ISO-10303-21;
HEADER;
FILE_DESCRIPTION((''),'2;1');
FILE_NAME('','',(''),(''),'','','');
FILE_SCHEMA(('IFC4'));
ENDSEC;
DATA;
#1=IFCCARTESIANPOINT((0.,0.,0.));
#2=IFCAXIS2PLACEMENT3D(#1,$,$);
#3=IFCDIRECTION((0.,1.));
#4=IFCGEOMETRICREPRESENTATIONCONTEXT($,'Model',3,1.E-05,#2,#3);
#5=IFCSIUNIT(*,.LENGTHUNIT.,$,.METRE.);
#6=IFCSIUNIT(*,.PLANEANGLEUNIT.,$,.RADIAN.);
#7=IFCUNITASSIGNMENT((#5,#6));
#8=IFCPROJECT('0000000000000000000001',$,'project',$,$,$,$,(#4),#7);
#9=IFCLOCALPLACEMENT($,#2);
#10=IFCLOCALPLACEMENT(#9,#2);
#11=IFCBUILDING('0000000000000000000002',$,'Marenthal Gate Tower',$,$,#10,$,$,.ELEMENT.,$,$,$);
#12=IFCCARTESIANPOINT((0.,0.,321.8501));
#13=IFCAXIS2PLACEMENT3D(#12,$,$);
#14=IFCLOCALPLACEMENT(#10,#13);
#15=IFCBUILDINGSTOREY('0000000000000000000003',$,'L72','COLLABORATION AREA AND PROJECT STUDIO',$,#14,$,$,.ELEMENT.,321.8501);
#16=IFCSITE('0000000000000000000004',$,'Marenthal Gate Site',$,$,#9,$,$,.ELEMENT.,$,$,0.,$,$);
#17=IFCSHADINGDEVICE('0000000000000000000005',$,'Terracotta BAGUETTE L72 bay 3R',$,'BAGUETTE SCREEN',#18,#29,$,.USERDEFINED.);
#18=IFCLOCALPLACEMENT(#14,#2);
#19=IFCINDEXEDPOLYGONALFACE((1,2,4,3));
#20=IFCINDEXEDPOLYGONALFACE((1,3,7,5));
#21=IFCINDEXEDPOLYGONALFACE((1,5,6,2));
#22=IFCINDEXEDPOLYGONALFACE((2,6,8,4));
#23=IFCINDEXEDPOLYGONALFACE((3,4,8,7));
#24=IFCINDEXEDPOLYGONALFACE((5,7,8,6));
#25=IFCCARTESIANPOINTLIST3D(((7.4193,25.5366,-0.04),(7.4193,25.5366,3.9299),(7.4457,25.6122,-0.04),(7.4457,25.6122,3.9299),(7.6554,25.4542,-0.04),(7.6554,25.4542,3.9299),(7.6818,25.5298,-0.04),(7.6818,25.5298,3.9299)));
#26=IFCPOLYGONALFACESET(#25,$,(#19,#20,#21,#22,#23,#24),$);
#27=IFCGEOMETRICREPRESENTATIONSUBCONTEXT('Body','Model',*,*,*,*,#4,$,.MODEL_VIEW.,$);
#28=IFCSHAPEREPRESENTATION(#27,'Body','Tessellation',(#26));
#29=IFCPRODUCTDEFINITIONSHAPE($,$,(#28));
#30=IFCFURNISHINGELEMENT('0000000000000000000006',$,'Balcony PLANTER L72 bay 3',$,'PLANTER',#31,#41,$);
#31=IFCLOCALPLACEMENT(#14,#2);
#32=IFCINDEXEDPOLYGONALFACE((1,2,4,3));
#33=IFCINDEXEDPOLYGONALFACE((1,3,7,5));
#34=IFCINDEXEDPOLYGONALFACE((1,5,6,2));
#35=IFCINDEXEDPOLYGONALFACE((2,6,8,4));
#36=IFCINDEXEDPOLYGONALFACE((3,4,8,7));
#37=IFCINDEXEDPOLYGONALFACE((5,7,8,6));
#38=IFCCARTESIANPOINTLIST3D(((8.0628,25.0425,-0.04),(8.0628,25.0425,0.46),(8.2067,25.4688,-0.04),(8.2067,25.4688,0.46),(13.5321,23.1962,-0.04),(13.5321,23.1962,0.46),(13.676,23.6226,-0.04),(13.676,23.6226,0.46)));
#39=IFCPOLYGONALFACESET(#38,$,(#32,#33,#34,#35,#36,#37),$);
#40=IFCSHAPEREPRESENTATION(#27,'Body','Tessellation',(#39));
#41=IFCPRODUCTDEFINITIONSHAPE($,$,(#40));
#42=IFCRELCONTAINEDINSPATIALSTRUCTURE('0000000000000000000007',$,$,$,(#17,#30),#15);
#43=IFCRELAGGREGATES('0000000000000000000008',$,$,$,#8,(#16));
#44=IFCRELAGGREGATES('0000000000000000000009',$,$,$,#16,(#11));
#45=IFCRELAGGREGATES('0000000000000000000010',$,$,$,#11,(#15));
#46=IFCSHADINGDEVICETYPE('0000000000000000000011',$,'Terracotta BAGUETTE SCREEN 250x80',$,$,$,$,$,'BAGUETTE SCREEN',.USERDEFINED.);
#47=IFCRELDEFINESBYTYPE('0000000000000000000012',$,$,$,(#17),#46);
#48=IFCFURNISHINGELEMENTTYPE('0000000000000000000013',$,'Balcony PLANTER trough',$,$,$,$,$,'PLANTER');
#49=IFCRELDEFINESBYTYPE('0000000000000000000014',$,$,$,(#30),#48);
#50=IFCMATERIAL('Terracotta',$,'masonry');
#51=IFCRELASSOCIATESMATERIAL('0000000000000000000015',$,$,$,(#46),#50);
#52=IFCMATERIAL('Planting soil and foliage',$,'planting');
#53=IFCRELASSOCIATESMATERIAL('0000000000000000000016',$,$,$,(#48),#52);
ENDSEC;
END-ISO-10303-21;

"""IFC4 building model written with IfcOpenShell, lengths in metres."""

from ifc_helpers import new_model, si_unit, direction, frame, origin, origin_2d, place, context, subcontext, project, spatial, rectangle, extrude, material, material_profile, profile_set, type_object, element, save


model = new_model("IFC4")

# Units and contexts
model_context = context("Model", 3, precision=1e-05, world=origin(), true_north=direction((0.0, 1.0)))
body_context = subcontext(model_context, "Body", "Model", "MODEL_VIEW")
ifc_project = project(units=[si_unit("LENGTHUNIT", "METRE"), si_unit("PLANEANGLEUNIT", "RADIAN")], contexts=[model_context])

# Site, building, storey
site_placement = place(None, origin())
site = spatial("IfcSite", under=ifc_project, at=site_placement, Name="Marenthal Gate Site", CompositionType="ELEMENT", RefElevation=0.0)
building_placement = place(site_placement, origin())
building = spatial("IfcBuilding", under=site, at=building_placement, Name="Marenthal Gate Tower", CompositionType="ELEMENT")
storey_placement = place(building_placement, frame((0.0, 0.0, 321.8501)))
storey = spatial("IfcBuildingStorey", under=building, at=storey_placement, Name="L72", Description="COLLABORATION AREA AND PROJECT STUDIO", CompositionType="ELEMENT", Elevation=321.8501)

# Shading device
ifc_material_1 = material(Name="Terracotta", Category="masonry")
ifc_material_profile_1 = material_profile(ifc_material_1, rectangle(XDim=0.25, YDim=0.0801, at=origin_2d()), Name="Terracotta baguette 250x80")
ifc_profile_set_1 = profile_set([ifc_material_profile_1], Name="Terracotta")
shading_device_type = type_object("IfcShadingDeviceType", Name="Terracotta BAGUETTE SCREEN 250x80", ElementType="BAGUETTE SCREEN", PredefinedType="USERDEFINED", material=ifc_profile_set_1)
shading_device_placement = place(storey_placement, frame((7.5505, 25.5332, -0.04), z_axis=(0.0, 0.0, 1.0), x_axis=(-0.944214, 0.329333, 0.0)))
element("IfcShadingDevice", 1, at=shading_device_placement, inside=storey, type_object=shading_device_type, Name="Terracotta BAGUETTE L72 bay 3R", ObjectType="BAGUETTE SCREEN", PredefinedType="USERDEFINED", context=body_context, shape_type="SweptSolid", body=[
    extrude(rectangle(XDim=0.25, YDim=0.0801, at=origin_2d()), origin(), (0.0, 0.0, 1.0), 3.97),
])

# Furnishing element
ifc_material_2 = material(Name="Planting soil and foliage", Category="planting")
furnishing_element_type = type_object("IfcFurnishingElementType", Name="Balcony PLANTER trough", ElementType="PLANTER", material=ifc_material_2)
furnishing_placement = place(storey_placement, frame((10.8694, 24.3325, -0.04), z_axis=(0.0, 0.0, 1.0), x_axis=(-0.947473, 0.319835, 0.0)))
element("IfcFurnishingElement", 2, at=furnishing_placement, inside=storey, type_object=furnishing_element_type, Name="Balcony PLANTER L72 bay 3", ObjectType="PLANTER", context=body_context, shape_type="SweptSolid", body=[
    extrude(rectangle(XDim=5.7725, YDim=0.45, at=origin_2d()), origin(), (0.0, 0.0, 1.0), 0.5),
])

save(model, "model.ifc")
